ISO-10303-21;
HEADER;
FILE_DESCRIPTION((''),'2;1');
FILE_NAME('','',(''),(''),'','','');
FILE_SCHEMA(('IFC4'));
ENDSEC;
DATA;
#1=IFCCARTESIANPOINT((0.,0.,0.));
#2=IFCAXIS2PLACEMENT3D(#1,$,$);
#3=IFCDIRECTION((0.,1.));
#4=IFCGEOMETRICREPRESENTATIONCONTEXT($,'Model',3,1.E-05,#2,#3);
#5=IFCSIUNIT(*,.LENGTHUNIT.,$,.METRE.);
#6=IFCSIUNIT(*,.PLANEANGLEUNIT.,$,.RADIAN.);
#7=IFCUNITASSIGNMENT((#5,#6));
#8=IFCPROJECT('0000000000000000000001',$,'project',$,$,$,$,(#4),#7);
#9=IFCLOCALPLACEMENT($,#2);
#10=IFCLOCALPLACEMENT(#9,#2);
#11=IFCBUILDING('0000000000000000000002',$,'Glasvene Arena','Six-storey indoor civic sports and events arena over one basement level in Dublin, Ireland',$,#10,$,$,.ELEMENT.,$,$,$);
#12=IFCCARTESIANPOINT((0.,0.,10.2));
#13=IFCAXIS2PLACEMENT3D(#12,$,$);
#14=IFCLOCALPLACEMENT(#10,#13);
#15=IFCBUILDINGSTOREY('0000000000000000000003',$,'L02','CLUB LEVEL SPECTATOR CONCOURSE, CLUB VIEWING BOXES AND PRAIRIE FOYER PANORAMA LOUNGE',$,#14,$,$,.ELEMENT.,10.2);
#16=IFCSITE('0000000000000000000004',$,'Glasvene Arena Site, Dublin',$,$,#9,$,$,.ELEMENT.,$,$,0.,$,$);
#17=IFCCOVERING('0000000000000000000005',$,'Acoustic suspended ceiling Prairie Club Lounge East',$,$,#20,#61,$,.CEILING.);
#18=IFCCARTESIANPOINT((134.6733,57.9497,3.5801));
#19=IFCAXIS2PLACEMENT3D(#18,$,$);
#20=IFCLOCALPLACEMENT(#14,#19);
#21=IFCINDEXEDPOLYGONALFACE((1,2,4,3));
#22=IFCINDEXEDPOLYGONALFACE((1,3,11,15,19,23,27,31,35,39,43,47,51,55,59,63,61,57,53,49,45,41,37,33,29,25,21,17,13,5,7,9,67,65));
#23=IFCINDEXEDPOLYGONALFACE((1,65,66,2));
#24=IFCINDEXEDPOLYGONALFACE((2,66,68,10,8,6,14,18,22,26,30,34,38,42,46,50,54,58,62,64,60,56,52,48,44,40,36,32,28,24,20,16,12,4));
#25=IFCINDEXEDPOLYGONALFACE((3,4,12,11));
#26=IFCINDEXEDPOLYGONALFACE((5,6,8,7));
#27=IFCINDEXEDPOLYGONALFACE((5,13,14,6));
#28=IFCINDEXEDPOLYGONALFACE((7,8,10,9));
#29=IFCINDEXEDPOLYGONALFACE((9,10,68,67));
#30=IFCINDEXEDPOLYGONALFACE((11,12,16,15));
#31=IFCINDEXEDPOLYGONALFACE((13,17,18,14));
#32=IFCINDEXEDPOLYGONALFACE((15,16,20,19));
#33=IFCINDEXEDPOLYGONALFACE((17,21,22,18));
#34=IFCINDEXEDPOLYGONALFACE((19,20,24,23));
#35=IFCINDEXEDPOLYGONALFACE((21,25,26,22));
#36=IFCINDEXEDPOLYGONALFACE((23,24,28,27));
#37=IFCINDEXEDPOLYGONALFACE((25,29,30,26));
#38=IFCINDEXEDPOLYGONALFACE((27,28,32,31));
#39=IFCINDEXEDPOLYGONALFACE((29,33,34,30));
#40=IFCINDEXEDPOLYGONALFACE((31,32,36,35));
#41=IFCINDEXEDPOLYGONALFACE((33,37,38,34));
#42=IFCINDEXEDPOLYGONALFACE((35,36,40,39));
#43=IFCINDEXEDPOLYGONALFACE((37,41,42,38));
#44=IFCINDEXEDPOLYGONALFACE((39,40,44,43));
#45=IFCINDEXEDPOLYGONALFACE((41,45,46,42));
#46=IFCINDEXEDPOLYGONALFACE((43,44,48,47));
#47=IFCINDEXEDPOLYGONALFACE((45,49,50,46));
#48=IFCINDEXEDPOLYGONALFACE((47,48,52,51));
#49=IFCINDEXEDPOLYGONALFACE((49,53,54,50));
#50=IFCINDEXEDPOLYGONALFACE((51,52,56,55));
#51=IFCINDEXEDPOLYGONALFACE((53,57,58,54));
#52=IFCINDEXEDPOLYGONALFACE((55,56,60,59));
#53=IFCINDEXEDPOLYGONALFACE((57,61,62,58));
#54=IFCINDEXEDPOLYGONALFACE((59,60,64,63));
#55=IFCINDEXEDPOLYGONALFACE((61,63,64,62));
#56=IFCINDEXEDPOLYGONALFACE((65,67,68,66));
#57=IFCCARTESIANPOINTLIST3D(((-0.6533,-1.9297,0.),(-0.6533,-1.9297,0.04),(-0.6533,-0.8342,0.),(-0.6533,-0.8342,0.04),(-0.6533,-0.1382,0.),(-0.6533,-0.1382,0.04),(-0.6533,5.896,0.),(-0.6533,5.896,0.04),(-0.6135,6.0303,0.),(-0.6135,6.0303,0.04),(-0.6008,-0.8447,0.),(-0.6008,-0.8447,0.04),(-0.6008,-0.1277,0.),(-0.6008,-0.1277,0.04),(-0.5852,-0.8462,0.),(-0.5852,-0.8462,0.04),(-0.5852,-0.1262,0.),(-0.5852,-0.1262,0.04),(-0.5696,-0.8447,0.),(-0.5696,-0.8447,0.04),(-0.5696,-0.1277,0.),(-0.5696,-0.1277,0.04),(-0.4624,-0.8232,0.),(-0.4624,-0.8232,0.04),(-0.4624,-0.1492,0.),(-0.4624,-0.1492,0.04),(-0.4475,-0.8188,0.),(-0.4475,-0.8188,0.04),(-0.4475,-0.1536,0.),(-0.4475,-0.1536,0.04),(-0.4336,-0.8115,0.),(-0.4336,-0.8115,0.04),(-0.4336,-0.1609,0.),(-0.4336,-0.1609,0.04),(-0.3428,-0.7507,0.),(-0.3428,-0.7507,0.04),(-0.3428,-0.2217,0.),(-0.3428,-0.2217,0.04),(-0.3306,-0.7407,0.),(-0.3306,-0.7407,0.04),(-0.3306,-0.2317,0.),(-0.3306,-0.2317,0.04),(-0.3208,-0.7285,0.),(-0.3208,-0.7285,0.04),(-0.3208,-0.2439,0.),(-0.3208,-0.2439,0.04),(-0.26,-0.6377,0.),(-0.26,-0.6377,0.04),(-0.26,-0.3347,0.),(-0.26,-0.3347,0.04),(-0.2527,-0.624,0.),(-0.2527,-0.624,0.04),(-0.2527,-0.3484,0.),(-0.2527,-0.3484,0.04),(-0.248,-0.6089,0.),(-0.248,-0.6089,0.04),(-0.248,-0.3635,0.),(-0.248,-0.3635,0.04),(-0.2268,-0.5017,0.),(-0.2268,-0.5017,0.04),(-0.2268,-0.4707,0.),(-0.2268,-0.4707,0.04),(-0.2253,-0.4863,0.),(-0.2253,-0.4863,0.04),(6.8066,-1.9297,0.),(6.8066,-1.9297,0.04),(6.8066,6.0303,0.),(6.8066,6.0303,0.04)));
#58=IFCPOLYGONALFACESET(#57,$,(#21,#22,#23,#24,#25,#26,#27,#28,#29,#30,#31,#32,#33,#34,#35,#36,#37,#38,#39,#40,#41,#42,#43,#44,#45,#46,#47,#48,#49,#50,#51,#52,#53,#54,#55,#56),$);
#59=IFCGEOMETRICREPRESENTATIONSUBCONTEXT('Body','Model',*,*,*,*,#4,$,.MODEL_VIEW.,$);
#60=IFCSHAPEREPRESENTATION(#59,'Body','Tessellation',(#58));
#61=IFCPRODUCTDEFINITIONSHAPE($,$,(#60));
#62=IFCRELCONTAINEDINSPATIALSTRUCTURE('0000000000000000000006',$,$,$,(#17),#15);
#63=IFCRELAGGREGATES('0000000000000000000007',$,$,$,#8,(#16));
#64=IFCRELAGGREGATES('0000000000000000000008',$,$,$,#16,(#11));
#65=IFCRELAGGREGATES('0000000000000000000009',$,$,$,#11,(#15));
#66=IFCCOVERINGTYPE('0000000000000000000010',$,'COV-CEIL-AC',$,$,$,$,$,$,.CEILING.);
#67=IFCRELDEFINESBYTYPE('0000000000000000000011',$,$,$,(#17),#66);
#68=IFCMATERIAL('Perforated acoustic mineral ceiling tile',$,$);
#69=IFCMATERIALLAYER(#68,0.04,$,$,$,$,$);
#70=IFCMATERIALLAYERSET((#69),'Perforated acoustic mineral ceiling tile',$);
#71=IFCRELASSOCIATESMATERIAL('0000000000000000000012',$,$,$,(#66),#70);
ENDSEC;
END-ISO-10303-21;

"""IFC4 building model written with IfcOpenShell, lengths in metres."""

from ifc_helpers import new_model, si_unit, direction, frame, origin, place, context, subcontext, project, spatial, polyline, outline, extrude, material, layer, layer_set, type_object, element, save


model = new_model("IFC4")

# Units and contexts
model_context = context("Model", 3, precision=1e-05, world=origin(), true_north=direction((0.0, 1.0)))
body_context = subcontext(model_context, "Body", "Model", "MODEL_VIEW")
ifc_project = project(units=[si_unit("LENGTHUNIT", "METRE"), si_unit("PLANEANGLEUNIT", "RADIAN")], contexts=[model_context])

# Site, building, storey
site_placement = place(None, origin())
site = spatial("IfcSite", under=ifc_project, at=site_placement, Name="Glasvene Arena Site, Dublin", CompositionType="ELEMENT", RefElevation=0.0)
building_placement = place(site_placement, origin())
building = spatial("IfcBuilding", under=site, at=building_placement, Name="Glasvene Arena", Description="Six-storey indoor civic sports and events arena over one basement level in Dublin, Ireland", CompositionType="ELEMENT")
storey_placement = place(building_placement, frame((0.0, 0.0, 10.2)))
storey = spatial("IfcBuildingStorey", under=building, at=storey_placement, Name="L02", Description="CLUB LEVEL SPECTATOR CONCOURSE, CLUB VIEWING BOXES AND PRAIRIE FOYER PANORAMA LOUNGE", CompositionType="ELEMENT", Elevation=10.2)

# Covering
ifc_material_1 = material(Name="Perforated acoustic mineral ceiling tile")
ifc_layer_1 = layer(ifc_material_1, 0.04)
ifc_layer_set_1 = layer_set([ifc_layer_1], Name="Perforated acoustic mineral ceiling tile")
covering_type = type_object("IfcCoveringType", Name="COV-CEIL-AC", PredefinedType="CEILING", material=ifc_layer_set_1)
covering_placement = place(storey_placement, frame((134.6733, 57.9497, 3.5801)))
element("IfcCovering", 1, at=covering_placement, inside=storey, type_object=covering_type, Name="Acoustic suspended ceiling Prairie Club Lounge East", PredefinedType="CEILING", context=body_context, shape_type="SweptSolid", body=[
    extrude(outline(polyline([(-0.6135, 6.0303), (6.8066, 6.0303), (6.8066, -1.9297), (-0.6533, -1.9297), (-0.6533, -0.8342), (-0.6008, -0.8447), (-0.5852, -0.8462), (-0.5696, -0.8447), (-0.4624, -0.8232), (-0.4475, -0.8188), (-0.4336, -0.8115), (-0.3428, -0.7507), (-0.3306, -0.7407), (-0.3208, -0.7285), (-0.26, -0.6377), (-0.2527, -0.624), (-0.248, -0.6089), (-0.2268, -0.5017), (-0.2253, -0.4863), (-0.2268, -0.4707), (-0.248, -0.3635), (-0.2527, -0.3484), (-0.26, -0.3347), (-0.3208, -0.2439), (-0.3306, -0.2317), (-0.3428, -0.2217), (-0.4336, -0.1609), (-0.4475, -0.1536), (-0.4624, -0.1492), (-0.5696, -0.1277), (-0.5852, -0.1262), (-0.6008, -0.1277), (-0.6533, -0.1382), (-0.6533, 5.896), (-0.6135, 6.0303)])), origin(), (0.0, 0.0, 1.0), 0.04),
])

save(model, "model.ifc")
